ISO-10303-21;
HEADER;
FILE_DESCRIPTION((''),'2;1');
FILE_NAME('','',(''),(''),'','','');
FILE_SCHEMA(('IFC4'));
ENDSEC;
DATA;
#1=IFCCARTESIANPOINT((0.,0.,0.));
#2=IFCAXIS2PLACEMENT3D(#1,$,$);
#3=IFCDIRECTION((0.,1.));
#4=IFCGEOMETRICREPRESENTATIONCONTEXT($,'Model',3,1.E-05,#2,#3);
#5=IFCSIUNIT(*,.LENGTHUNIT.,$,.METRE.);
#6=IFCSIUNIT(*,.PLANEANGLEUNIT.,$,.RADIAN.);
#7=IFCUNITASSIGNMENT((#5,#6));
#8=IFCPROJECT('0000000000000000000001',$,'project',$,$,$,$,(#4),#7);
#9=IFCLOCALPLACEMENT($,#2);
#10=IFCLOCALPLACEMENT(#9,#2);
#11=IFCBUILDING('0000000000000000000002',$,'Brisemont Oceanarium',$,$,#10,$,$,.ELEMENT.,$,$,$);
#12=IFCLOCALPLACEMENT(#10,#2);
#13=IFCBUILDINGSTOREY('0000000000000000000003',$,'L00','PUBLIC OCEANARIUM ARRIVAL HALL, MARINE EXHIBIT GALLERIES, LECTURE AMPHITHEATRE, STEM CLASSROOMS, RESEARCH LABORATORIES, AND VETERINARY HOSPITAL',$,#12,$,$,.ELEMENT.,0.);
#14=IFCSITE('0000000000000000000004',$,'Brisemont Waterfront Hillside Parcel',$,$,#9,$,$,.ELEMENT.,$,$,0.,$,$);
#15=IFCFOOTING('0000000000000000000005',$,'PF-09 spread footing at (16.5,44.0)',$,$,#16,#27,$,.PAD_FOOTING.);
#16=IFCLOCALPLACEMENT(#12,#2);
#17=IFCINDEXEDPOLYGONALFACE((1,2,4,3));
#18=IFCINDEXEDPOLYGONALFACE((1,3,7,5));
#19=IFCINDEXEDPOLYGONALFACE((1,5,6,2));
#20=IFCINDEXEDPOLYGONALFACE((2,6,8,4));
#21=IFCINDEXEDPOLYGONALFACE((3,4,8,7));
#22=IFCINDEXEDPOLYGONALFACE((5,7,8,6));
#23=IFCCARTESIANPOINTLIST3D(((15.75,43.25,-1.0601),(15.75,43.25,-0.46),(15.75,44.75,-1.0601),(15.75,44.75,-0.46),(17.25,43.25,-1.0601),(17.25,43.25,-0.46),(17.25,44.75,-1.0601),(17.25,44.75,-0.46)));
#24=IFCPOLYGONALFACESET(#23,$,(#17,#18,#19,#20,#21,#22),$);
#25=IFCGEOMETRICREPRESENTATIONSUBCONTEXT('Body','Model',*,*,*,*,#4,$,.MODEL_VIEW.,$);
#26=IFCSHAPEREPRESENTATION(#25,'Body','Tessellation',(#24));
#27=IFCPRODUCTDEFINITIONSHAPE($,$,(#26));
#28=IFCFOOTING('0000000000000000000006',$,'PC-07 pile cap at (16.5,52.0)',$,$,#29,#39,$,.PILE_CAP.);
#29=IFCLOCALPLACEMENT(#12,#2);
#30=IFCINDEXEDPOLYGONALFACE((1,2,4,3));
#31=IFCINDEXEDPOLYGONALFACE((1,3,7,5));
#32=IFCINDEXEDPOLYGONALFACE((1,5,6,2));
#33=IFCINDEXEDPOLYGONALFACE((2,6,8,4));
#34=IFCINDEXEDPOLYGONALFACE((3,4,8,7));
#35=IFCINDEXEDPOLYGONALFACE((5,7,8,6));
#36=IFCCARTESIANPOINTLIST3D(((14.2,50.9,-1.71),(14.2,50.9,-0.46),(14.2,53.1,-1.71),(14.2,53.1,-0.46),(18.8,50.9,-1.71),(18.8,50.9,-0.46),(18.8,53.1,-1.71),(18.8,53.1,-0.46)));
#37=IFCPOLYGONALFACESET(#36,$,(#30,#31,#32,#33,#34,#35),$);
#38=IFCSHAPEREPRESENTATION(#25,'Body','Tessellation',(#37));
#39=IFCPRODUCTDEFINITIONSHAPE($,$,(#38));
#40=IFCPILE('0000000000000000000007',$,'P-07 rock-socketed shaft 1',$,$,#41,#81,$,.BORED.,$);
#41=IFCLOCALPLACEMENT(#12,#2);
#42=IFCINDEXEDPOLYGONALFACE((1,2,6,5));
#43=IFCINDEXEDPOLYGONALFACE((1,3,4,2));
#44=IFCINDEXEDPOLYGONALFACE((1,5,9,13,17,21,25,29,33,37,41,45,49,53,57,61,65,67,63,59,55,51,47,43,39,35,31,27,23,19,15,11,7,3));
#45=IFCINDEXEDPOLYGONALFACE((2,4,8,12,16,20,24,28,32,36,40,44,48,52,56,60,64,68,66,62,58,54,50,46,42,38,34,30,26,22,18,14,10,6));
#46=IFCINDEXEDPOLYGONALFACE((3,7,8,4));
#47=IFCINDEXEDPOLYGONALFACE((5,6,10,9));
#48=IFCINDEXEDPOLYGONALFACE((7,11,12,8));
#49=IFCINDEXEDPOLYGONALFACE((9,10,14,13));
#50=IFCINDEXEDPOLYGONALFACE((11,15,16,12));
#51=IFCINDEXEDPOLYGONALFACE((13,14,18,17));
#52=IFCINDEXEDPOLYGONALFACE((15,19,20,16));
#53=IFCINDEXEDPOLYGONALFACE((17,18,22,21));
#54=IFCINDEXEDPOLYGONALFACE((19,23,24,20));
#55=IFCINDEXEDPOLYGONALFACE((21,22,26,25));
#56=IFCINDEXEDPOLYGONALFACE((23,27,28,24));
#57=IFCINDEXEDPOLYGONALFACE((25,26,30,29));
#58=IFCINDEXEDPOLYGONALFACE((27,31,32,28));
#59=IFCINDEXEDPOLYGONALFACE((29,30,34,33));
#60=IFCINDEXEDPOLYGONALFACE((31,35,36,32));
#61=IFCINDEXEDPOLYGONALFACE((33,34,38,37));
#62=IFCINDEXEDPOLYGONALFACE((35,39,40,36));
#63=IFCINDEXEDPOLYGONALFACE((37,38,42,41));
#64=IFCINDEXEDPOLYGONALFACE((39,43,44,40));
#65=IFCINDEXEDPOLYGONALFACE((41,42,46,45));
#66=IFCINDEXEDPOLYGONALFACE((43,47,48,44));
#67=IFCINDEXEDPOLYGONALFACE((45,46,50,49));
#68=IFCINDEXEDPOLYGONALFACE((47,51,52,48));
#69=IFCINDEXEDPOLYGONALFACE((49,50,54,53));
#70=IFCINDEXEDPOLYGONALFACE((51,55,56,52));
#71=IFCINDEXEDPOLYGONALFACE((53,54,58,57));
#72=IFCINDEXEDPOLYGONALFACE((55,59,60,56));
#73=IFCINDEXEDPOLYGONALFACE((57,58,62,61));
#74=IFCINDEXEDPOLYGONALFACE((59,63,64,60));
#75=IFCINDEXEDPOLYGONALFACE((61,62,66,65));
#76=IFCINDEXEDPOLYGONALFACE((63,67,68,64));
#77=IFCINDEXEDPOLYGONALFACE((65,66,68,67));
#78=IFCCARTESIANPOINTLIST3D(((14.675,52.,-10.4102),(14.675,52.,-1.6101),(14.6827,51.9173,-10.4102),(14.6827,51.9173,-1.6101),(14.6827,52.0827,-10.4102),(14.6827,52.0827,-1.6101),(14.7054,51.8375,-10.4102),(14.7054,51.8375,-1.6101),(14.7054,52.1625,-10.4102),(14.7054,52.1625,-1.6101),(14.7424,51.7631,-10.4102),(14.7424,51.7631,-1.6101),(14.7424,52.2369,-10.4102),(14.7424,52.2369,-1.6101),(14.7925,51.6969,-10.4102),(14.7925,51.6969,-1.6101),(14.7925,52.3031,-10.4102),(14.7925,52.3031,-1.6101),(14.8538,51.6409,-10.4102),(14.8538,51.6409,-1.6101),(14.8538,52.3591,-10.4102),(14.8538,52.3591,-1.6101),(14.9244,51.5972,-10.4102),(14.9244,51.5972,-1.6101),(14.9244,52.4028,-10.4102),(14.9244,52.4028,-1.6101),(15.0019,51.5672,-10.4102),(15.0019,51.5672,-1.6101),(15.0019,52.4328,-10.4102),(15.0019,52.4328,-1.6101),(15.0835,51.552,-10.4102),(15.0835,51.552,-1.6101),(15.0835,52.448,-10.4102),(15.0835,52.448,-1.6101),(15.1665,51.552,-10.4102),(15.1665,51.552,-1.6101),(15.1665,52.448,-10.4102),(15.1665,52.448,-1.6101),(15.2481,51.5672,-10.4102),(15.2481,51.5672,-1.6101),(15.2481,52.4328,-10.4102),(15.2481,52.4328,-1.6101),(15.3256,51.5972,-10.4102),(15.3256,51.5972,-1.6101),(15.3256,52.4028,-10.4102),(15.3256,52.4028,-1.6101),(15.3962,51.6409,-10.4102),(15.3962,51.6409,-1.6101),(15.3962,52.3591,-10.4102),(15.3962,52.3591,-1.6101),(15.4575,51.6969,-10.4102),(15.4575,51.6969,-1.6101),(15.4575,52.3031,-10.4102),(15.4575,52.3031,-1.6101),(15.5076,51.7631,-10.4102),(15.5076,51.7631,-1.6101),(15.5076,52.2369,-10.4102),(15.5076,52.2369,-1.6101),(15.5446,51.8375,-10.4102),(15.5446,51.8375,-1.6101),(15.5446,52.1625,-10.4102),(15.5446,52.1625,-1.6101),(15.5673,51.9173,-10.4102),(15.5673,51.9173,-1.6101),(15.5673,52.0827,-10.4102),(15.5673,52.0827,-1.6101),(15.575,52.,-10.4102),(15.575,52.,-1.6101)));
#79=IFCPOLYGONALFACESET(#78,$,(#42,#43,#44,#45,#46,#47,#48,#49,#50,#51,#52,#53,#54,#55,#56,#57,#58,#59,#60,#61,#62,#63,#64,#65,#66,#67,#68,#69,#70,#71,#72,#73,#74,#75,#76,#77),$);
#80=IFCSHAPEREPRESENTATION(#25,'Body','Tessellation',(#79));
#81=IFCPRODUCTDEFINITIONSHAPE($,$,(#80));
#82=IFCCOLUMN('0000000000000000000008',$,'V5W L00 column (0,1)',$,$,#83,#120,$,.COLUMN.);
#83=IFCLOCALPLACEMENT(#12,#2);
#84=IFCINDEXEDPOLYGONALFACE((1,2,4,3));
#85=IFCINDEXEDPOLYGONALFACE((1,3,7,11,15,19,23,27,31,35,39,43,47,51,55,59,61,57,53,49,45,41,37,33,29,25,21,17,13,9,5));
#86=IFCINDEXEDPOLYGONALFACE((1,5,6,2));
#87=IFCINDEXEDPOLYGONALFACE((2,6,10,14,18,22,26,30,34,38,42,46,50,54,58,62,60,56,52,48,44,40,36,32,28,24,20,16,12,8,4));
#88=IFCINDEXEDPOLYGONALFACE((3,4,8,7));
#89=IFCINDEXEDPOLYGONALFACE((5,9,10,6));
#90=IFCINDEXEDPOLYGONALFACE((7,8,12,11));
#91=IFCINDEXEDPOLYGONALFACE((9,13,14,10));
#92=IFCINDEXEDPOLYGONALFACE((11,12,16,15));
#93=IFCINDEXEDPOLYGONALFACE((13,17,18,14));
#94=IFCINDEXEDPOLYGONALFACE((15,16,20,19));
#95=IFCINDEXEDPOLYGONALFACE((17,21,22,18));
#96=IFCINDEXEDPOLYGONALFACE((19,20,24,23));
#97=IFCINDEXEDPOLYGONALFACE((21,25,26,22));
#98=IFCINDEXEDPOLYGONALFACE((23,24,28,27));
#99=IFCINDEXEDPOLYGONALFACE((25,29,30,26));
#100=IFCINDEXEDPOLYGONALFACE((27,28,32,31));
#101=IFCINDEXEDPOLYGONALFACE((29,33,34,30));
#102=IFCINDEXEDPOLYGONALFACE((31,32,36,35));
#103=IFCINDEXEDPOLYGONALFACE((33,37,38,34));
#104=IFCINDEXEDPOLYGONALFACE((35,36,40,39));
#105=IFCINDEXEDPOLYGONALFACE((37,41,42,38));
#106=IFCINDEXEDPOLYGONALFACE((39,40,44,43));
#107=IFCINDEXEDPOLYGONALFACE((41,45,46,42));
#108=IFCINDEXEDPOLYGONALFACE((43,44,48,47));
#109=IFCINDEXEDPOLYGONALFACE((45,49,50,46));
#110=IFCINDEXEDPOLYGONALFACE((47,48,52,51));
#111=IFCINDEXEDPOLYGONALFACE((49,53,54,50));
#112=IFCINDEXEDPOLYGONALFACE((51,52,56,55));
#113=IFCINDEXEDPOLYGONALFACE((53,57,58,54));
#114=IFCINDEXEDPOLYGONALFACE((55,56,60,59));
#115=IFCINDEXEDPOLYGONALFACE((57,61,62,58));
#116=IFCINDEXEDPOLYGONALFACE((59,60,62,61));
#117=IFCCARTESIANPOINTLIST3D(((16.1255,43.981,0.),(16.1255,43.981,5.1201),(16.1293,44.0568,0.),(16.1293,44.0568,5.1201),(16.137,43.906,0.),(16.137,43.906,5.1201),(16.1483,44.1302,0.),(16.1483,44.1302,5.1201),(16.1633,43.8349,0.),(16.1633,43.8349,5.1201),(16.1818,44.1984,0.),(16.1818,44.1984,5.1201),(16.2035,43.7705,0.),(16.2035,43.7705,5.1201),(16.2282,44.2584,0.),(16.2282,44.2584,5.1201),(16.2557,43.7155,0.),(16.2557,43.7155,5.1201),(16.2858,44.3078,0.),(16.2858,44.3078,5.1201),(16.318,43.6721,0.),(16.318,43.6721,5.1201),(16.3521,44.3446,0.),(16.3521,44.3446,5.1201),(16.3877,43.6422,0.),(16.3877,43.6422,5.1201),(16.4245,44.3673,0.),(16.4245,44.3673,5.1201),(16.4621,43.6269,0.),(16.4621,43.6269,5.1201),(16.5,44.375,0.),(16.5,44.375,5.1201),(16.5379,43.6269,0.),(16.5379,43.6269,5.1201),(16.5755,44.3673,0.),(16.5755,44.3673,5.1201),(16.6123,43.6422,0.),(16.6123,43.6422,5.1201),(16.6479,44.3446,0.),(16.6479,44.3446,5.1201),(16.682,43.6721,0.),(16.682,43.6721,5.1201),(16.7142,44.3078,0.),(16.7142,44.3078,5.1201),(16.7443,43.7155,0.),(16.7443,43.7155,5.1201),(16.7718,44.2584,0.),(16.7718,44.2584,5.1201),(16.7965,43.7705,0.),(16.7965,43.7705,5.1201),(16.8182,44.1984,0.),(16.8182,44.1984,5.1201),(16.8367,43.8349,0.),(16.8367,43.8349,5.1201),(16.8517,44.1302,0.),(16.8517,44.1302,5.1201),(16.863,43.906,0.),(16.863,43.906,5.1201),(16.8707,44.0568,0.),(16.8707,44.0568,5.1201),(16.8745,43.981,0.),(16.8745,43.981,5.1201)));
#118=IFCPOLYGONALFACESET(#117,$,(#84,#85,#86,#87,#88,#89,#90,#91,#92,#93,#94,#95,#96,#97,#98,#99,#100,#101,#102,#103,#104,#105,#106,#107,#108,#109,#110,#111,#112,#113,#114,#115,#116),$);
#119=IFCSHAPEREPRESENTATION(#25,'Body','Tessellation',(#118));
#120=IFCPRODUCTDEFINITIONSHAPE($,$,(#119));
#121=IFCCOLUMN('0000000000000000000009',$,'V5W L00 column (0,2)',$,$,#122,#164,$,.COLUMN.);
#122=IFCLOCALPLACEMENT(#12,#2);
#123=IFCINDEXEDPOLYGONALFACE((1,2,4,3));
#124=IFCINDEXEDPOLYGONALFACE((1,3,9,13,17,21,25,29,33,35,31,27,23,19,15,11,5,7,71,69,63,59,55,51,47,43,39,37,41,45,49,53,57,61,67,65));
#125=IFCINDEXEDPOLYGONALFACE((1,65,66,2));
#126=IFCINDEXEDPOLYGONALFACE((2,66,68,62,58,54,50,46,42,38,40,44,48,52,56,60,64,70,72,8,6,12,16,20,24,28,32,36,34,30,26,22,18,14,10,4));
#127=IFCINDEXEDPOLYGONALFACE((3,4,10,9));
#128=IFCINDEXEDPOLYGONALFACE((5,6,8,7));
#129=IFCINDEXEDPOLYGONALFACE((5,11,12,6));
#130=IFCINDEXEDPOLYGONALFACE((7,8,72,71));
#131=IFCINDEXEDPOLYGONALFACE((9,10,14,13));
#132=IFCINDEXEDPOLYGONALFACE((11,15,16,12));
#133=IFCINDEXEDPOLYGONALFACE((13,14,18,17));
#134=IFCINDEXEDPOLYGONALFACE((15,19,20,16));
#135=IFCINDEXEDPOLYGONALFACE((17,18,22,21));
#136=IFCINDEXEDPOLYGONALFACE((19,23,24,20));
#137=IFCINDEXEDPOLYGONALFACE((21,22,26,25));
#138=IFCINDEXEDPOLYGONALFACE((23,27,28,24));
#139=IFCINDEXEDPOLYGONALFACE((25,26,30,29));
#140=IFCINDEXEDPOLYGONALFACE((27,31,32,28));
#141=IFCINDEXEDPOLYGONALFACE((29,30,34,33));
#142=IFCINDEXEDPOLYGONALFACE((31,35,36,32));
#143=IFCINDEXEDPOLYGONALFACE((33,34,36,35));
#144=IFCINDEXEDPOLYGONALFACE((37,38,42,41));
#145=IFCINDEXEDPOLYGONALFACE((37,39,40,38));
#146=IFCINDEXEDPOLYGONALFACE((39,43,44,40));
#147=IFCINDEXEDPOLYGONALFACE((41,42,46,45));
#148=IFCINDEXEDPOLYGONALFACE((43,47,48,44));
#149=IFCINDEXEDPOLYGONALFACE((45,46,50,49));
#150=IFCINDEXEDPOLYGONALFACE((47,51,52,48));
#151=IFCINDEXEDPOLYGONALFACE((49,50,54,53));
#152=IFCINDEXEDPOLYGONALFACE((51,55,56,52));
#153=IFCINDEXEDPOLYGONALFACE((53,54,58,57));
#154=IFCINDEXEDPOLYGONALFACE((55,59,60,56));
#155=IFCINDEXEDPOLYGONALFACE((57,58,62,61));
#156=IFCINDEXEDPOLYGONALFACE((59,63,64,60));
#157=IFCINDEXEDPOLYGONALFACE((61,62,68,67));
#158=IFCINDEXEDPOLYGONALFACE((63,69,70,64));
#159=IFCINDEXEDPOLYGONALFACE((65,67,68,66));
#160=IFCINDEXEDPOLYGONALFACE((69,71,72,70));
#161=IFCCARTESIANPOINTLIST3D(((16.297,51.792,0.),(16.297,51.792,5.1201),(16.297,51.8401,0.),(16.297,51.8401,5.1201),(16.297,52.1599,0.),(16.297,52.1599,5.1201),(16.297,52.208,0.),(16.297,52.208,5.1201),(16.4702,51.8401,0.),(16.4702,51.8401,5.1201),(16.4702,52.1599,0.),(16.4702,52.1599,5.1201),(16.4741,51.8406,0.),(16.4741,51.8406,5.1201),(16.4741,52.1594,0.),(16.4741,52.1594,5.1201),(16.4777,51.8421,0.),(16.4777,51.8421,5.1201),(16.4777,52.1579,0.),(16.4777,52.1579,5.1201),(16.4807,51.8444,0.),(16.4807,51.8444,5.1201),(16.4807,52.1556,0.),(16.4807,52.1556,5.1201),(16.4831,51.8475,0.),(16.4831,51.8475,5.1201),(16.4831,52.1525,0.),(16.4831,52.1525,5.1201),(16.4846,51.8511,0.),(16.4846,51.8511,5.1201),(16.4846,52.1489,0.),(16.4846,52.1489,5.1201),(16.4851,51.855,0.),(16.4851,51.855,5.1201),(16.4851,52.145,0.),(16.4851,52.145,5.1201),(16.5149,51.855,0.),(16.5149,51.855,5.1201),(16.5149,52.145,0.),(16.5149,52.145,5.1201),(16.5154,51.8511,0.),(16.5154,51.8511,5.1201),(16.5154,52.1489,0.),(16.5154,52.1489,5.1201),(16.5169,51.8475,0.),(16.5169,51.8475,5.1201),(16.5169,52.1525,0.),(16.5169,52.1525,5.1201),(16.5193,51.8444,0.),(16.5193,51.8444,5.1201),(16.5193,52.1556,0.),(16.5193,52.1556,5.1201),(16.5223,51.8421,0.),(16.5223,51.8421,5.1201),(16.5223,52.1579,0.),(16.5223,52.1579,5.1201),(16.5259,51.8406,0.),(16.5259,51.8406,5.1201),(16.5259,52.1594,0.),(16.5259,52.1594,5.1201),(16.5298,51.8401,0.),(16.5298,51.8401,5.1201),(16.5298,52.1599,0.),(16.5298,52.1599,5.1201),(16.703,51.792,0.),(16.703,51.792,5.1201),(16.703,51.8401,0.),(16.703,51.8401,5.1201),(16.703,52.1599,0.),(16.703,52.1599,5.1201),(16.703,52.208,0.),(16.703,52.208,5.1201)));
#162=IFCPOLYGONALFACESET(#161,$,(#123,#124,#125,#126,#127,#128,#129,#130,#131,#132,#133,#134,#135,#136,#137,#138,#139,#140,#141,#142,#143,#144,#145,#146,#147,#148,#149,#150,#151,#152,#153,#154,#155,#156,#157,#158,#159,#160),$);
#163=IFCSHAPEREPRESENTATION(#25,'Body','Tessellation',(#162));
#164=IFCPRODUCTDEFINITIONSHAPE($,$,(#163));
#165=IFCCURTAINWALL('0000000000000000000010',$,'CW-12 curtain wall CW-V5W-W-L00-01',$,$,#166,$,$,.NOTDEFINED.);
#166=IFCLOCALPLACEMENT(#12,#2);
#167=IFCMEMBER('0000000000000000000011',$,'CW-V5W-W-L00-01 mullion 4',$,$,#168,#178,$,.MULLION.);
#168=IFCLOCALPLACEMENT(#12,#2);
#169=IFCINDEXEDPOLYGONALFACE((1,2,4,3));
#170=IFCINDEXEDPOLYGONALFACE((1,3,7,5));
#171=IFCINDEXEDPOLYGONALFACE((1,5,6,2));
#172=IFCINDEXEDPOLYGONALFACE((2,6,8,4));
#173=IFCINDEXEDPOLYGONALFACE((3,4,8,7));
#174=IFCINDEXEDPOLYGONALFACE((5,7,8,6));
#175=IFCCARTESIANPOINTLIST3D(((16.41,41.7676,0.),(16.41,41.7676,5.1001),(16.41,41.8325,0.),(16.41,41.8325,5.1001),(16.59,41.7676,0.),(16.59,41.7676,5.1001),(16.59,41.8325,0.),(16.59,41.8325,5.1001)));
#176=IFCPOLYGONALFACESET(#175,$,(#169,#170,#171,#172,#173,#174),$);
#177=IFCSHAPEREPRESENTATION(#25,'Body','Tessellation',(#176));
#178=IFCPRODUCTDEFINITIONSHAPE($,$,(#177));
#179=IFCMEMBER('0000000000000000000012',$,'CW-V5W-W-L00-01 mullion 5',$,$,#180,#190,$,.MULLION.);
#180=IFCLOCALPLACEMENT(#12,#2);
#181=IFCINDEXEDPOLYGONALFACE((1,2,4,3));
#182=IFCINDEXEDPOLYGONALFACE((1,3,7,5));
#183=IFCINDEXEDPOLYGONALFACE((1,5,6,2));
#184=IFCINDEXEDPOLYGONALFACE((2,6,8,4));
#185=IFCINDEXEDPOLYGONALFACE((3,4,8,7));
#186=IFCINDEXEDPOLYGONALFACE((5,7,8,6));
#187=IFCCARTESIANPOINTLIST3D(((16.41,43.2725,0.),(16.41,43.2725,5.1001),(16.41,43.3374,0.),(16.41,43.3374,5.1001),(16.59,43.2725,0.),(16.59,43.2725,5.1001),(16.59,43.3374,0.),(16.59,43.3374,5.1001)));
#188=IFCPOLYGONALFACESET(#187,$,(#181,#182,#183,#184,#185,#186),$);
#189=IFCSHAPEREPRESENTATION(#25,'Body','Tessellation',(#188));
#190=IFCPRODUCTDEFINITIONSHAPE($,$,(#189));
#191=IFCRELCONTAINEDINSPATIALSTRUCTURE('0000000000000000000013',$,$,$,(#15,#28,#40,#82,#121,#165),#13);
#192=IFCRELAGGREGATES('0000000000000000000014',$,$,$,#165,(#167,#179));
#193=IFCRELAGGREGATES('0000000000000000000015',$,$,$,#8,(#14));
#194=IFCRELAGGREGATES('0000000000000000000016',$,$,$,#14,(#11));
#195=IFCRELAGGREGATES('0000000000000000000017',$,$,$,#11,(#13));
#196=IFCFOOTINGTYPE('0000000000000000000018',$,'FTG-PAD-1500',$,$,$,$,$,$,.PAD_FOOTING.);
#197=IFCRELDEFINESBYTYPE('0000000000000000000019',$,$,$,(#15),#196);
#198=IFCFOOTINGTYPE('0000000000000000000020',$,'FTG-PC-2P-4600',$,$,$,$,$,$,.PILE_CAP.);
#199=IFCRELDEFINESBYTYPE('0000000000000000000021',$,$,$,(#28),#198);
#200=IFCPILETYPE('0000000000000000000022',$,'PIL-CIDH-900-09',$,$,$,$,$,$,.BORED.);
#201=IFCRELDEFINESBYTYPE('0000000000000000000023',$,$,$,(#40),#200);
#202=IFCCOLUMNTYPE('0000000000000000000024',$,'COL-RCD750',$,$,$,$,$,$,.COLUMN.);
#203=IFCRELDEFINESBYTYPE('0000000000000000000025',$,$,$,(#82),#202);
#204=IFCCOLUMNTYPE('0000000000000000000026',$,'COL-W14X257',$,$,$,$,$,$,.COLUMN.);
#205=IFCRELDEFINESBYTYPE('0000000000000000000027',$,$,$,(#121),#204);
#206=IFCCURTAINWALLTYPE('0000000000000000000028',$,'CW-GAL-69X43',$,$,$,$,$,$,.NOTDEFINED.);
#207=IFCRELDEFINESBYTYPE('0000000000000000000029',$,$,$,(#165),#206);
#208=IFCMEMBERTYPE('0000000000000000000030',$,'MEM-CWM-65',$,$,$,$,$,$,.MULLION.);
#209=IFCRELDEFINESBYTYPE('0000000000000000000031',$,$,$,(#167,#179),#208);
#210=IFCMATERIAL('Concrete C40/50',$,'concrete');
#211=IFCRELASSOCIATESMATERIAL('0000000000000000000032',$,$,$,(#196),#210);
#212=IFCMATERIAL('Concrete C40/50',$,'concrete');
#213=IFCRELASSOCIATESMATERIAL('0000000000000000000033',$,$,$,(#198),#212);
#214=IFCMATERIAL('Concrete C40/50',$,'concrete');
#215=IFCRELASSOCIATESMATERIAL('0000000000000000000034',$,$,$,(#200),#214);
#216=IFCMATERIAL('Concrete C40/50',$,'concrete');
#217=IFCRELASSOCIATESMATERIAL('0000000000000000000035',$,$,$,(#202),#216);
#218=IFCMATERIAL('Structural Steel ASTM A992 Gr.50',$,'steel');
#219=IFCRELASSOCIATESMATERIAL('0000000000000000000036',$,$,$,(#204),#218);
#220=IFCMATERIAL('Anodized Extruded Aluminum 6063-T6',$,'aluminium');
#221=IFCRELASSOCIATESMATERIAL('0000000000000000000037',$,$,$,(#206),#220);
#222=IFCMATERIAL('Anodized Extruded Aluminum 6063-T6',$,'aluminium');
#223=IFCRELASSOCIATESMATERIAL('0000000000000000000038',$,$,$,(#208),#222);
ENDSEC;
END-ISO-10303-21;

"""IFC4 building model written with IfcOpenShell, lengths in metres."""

from ifc_helpers import new_model, si_unit, direction, frame, origin, origin_2d, place, context, subcontext, project, spatial, rectangle, circle, i_section, extrude, material, material_profile, profile_set, type_object, element, aggregate, save


model = new_model("IFC4")

# Units and contexts
model_context = context("Model", 3, precision=1e-05, world=origin(), true_north=direction((0.0, 1.0)))
body_context = subcontext(model_context, "Body", "Model", "MODEL_VIEW")
ifc_project = project(units=[si_unit("LENGTHUNIT", "METRE"), si_unit("PLANEANGLEUNIT", "RADIAN")], contexts=[model_context])

# Site, building, storey
site_placement = place(None, origin())
site = spatial("IfcSite", under=ifc_project, at=site_placement, Name="Brisemont Waterfront Hillside Parcel", CompositionType="ELEMENT", RefElevation=0.0)
building_placement = place(site_placement, origin())
building = spatial("IfcBuilding", under=site, at=building_placement, Name="Brisemont Oceanarium", CompositionType="ELEMENT")
storey_placement = place(building_placement, origin())
storey = spatial("IfcBuildingStorey", under=building, at=storey_placement, Name="L00", Description="PUBLIC OCEANARIUM ARRIVAL HALL, MARINE EXHIBIT GALLERIES, LECTURE AMPHITHEATRE, STEM CLASSROOMS, RESEARCH LABORATORIES, AND VETERINARY HOSPITAL", CompositionType="ELEMENT", Elevation=0.0)

# Footings
ifc_material_1 = material(Name="Concrete C40/50", Category="concrete")
footing_type_1 = type_object("IfcFootingType", Name="FTG-PAD-1500", PredefinedType="PAD_FOOTING", material=ifc_material_1)
footing_1_placement = place(storey_placement, frame((16.5, 44.0, -1.0601), z_axis=(0.0, 0.0, 1.0), x_axis=(1.0, 0.0, 0.0)))
element("IfcFooting", 1, at=footing_1_placement, inside=storey, type_object=footing_type_1, Name="PF-09 spread footing at (16.5,44.0)", PredefinedType="PAD_FOOTING", context=body_context, shape_type="SweptSolid", body=[
    extrude(rectangle(XDim=1.5, YDim=1.5, at=origin_2d()), origin(), (0.0, 0.0, 1.0), 0.6001),
])
ifc_material_2 = material(Name="Concrete C40/50", Category="concrete")
footing_type_2 = type_object("IfcFootingType", Name="FTG-PC-2P-4600", PredefinedType="PILE_CAP", material=ifc_material_2)
footing_2_placement = place(storey_placement, frame((16.5, 52.0, -1.71), z_axis=(0.0, 0.0, 1.0), x_axis=(1.0, 0.0, 0.0)))
element("IfcFooting", 2, at=footing_2_placement, inside=storey, type_object=footing_type_2, Name="PC-07 pile cap at (16.5,52.0)", PredefinedType="PILE_CAP", context=body_context, shape_type="SweptSolid", body=[
    extrude(rectangle(XDim=4.6001, YDim=2.2, at=origin_2d()), origin(), (0.0, 0.0, 1.0), 1.25),
])

# Pile
ifc_material_3 = material(Name="Concrete C40/50", Category="concrete")
ifc_material_profile_1 = material_profile(ifc_material_3, circle(Radius=0.45, at=origin_2d()), Name="CIDH-D900")
ifc_profile_set_1 = profile_set([ifc_material_profile_1], Name="Concrete C40/50")
pile_type = type_object("IfcPileType", Name="PIL-CIDH-900-09", PredefinedType="BORED", material=ifc_profile_set_1)
pile_placement = place(storey_placement, frame((15.125, 52.0, -1.6101), z_axis=(0.0, 0.0, -1.0), x_axis=(1.0, 0.0, 0.0)))
element("IfcPile", 3, at=pile_placement, inside=storey, type_object=pile_type, Name="P-07 rock-socketed shaft 1", PredefinedType="BORED", context=body_context, shape_type="SweptSolid", body=[
    extrude(circle(Radius=0.45, at=origin_2d()), origin(), (0.0, 0.0, 1.0), 8.8),
])

# Columns
ifc_material_4 = material(Name="Concrete C40/50", Category="concrete")
ifc_material_profile_2 = material_profile(ifc_material_4, circle(Radius=0.375, at=origin_2d()), Name="RC-COL-D750")
ifc_profile_set_2 = profile_set([ifc_material_profile_2], Name="Concrete C40/50")
column_type_1 = type_object("IfcColumnType", Name="COL-RCD750", PredefinedType="COLUMN", material=ifc_profile_set_2)
column_1_placement = place(storey_placement, frame((16.5, 44.0, 0.0), z_axis=(0.0, 0.0, 1.0), x_axis=(0.0, 1.0, 0.0)))
element("IfcColumn", 4, at=column_1_placement, inside=storey, type_object=column_type_1, Name="V5W L00 column (0,1)", PredefinedType="COLUMN", context=body_context, shape_type="SweptSolid", body=[
    extrude(circle(Radius=0.375, at=origin_2d()), origin(), (0.0, 0.0, 1.0), 5.1201),
])
ifc_material_5 = material(Name="Structural Steel ASTM A992 Gr.50", Category="steel")
ifc_material_profile_3 = material_profile(ifc_material_5, i_section(OverallWidth=0.406, OverallDepth=0.416, WebThickness=0.0298, FlangeThickness=0.0481, FilletRadius=0.0149, at=origin_2d()), Name="W14X257")
ifc_profile_set_3 = profile_set([ifc_material_profile_3], Name="Structural Steel ASTM A992 Gr.50")
column_type_2 = type_object("IfcColumnType", Name="COL-W14X257", PredefinedType="COLUMN", material=ifc_profile_set_3)
column_2_placement = place(storey_placement, frame((16.5, 52.0, 0.0), z_axis=(0.0, 0.0, 1.0), x_axis=(1.0, 0.0, 0.0)))
element("IfcColumn", 5, at=column_2_placement, inside=storey, type_object=column_type_2, Name="V5W L00 column (0,2)", PredefinedType="COLUMN", context=body_context, shape_type="SweptSolid", body=[
    extrude(i_section(OverallWidth=0.406, OverallDepth=0.416, WebThickness=0.0298, FlangeThickness=0.0481, FilletRadius=0.0149, at=origin_2d()), origin(), (0.0, 0.0, 1.0), 5.1201),
])

# Curtain wall, members
ifc_material_6 = material(Name="Anodized Extruded Aluminum 6063-T6", Category="aluminium")
curtain_wall_type = type_object("IfcCurtainWallType", Name="CW-GAL-69X43", PredefinedType="NOTDEFINED", material=ifc_material_6)
curtain_wall_1_placement = place(storey_placement, origin())
curtain_wall_1 = element("IfcCurtainWall", 6, at=curtain_wall_1_placement, inside=storey, type_object=curtain_wall_type, Name="CW-12 curtain wall CW-V5W-W-L00-01", PredefinedType="NOTDEFINED")
ifc_material_7 = material(Name="Anodized Extruded Aluminum 6063-T6", Category="aluminium")
ifc_material_profile_4 = material_profile(ifc_material_7, rectangle(XDim=0.0649, YDim=0.1799, at=origin_2d()), Name="CWM-65X180")
ifc_profile_set_4 = profile_set([ifc_material_profile_4], Name="Anodized Extruded Aluminum 6063-T6")
member_type_1 = type_object("IfcMemberType", Name="MEM-CWM-65", PredefinedType="MULLION", material=ifc_profile_set_4)
member_1_placement = place(storey_placement, frame((16.5, 41.8, 0.0), z_axis=(0.0, 0.0, 1.0), x_axis=(0.0, 1.0, 0.0)))
member_1 = element("IfcMember", 7, at=member_1_placement, type_object=member_type_1, Name="CW-V5W-W-L00-01 mullion 4", PredefinedType="MULLION", context=body_context, shape_type="SweptSolid", body=[
    extrude(rectangle(XDim=0.0649, YDim=0.1799, at=origin_2d()), origin(), (0.0, 0.0, 1.0), 5.1001),
])
member_2_placement = place(storey_placement, frame((16.5, 43.3049, 0.0), z_axis=(0.0, 0.0, 1.0), x_axis=(0.0, 1.0, 0.0)))
member_2 = element("IfcMember", 8, at=member_2_placement, type_object=member_type_1, Name="CW-V5W-W-L00-01 mullion 5", PredefinedType="MULLION", context=body_context, shape_type="SweptSolid", body=[
    extrude(rectangle(XDim=0.0649, YDim=0.1799, at=origin_2d()), origin(), (0.0, 0.0, 1.0), 5.1001),
])

aggregate(curtain_wall_1, [member_1, member_2])

save(model, "model.ifc")
